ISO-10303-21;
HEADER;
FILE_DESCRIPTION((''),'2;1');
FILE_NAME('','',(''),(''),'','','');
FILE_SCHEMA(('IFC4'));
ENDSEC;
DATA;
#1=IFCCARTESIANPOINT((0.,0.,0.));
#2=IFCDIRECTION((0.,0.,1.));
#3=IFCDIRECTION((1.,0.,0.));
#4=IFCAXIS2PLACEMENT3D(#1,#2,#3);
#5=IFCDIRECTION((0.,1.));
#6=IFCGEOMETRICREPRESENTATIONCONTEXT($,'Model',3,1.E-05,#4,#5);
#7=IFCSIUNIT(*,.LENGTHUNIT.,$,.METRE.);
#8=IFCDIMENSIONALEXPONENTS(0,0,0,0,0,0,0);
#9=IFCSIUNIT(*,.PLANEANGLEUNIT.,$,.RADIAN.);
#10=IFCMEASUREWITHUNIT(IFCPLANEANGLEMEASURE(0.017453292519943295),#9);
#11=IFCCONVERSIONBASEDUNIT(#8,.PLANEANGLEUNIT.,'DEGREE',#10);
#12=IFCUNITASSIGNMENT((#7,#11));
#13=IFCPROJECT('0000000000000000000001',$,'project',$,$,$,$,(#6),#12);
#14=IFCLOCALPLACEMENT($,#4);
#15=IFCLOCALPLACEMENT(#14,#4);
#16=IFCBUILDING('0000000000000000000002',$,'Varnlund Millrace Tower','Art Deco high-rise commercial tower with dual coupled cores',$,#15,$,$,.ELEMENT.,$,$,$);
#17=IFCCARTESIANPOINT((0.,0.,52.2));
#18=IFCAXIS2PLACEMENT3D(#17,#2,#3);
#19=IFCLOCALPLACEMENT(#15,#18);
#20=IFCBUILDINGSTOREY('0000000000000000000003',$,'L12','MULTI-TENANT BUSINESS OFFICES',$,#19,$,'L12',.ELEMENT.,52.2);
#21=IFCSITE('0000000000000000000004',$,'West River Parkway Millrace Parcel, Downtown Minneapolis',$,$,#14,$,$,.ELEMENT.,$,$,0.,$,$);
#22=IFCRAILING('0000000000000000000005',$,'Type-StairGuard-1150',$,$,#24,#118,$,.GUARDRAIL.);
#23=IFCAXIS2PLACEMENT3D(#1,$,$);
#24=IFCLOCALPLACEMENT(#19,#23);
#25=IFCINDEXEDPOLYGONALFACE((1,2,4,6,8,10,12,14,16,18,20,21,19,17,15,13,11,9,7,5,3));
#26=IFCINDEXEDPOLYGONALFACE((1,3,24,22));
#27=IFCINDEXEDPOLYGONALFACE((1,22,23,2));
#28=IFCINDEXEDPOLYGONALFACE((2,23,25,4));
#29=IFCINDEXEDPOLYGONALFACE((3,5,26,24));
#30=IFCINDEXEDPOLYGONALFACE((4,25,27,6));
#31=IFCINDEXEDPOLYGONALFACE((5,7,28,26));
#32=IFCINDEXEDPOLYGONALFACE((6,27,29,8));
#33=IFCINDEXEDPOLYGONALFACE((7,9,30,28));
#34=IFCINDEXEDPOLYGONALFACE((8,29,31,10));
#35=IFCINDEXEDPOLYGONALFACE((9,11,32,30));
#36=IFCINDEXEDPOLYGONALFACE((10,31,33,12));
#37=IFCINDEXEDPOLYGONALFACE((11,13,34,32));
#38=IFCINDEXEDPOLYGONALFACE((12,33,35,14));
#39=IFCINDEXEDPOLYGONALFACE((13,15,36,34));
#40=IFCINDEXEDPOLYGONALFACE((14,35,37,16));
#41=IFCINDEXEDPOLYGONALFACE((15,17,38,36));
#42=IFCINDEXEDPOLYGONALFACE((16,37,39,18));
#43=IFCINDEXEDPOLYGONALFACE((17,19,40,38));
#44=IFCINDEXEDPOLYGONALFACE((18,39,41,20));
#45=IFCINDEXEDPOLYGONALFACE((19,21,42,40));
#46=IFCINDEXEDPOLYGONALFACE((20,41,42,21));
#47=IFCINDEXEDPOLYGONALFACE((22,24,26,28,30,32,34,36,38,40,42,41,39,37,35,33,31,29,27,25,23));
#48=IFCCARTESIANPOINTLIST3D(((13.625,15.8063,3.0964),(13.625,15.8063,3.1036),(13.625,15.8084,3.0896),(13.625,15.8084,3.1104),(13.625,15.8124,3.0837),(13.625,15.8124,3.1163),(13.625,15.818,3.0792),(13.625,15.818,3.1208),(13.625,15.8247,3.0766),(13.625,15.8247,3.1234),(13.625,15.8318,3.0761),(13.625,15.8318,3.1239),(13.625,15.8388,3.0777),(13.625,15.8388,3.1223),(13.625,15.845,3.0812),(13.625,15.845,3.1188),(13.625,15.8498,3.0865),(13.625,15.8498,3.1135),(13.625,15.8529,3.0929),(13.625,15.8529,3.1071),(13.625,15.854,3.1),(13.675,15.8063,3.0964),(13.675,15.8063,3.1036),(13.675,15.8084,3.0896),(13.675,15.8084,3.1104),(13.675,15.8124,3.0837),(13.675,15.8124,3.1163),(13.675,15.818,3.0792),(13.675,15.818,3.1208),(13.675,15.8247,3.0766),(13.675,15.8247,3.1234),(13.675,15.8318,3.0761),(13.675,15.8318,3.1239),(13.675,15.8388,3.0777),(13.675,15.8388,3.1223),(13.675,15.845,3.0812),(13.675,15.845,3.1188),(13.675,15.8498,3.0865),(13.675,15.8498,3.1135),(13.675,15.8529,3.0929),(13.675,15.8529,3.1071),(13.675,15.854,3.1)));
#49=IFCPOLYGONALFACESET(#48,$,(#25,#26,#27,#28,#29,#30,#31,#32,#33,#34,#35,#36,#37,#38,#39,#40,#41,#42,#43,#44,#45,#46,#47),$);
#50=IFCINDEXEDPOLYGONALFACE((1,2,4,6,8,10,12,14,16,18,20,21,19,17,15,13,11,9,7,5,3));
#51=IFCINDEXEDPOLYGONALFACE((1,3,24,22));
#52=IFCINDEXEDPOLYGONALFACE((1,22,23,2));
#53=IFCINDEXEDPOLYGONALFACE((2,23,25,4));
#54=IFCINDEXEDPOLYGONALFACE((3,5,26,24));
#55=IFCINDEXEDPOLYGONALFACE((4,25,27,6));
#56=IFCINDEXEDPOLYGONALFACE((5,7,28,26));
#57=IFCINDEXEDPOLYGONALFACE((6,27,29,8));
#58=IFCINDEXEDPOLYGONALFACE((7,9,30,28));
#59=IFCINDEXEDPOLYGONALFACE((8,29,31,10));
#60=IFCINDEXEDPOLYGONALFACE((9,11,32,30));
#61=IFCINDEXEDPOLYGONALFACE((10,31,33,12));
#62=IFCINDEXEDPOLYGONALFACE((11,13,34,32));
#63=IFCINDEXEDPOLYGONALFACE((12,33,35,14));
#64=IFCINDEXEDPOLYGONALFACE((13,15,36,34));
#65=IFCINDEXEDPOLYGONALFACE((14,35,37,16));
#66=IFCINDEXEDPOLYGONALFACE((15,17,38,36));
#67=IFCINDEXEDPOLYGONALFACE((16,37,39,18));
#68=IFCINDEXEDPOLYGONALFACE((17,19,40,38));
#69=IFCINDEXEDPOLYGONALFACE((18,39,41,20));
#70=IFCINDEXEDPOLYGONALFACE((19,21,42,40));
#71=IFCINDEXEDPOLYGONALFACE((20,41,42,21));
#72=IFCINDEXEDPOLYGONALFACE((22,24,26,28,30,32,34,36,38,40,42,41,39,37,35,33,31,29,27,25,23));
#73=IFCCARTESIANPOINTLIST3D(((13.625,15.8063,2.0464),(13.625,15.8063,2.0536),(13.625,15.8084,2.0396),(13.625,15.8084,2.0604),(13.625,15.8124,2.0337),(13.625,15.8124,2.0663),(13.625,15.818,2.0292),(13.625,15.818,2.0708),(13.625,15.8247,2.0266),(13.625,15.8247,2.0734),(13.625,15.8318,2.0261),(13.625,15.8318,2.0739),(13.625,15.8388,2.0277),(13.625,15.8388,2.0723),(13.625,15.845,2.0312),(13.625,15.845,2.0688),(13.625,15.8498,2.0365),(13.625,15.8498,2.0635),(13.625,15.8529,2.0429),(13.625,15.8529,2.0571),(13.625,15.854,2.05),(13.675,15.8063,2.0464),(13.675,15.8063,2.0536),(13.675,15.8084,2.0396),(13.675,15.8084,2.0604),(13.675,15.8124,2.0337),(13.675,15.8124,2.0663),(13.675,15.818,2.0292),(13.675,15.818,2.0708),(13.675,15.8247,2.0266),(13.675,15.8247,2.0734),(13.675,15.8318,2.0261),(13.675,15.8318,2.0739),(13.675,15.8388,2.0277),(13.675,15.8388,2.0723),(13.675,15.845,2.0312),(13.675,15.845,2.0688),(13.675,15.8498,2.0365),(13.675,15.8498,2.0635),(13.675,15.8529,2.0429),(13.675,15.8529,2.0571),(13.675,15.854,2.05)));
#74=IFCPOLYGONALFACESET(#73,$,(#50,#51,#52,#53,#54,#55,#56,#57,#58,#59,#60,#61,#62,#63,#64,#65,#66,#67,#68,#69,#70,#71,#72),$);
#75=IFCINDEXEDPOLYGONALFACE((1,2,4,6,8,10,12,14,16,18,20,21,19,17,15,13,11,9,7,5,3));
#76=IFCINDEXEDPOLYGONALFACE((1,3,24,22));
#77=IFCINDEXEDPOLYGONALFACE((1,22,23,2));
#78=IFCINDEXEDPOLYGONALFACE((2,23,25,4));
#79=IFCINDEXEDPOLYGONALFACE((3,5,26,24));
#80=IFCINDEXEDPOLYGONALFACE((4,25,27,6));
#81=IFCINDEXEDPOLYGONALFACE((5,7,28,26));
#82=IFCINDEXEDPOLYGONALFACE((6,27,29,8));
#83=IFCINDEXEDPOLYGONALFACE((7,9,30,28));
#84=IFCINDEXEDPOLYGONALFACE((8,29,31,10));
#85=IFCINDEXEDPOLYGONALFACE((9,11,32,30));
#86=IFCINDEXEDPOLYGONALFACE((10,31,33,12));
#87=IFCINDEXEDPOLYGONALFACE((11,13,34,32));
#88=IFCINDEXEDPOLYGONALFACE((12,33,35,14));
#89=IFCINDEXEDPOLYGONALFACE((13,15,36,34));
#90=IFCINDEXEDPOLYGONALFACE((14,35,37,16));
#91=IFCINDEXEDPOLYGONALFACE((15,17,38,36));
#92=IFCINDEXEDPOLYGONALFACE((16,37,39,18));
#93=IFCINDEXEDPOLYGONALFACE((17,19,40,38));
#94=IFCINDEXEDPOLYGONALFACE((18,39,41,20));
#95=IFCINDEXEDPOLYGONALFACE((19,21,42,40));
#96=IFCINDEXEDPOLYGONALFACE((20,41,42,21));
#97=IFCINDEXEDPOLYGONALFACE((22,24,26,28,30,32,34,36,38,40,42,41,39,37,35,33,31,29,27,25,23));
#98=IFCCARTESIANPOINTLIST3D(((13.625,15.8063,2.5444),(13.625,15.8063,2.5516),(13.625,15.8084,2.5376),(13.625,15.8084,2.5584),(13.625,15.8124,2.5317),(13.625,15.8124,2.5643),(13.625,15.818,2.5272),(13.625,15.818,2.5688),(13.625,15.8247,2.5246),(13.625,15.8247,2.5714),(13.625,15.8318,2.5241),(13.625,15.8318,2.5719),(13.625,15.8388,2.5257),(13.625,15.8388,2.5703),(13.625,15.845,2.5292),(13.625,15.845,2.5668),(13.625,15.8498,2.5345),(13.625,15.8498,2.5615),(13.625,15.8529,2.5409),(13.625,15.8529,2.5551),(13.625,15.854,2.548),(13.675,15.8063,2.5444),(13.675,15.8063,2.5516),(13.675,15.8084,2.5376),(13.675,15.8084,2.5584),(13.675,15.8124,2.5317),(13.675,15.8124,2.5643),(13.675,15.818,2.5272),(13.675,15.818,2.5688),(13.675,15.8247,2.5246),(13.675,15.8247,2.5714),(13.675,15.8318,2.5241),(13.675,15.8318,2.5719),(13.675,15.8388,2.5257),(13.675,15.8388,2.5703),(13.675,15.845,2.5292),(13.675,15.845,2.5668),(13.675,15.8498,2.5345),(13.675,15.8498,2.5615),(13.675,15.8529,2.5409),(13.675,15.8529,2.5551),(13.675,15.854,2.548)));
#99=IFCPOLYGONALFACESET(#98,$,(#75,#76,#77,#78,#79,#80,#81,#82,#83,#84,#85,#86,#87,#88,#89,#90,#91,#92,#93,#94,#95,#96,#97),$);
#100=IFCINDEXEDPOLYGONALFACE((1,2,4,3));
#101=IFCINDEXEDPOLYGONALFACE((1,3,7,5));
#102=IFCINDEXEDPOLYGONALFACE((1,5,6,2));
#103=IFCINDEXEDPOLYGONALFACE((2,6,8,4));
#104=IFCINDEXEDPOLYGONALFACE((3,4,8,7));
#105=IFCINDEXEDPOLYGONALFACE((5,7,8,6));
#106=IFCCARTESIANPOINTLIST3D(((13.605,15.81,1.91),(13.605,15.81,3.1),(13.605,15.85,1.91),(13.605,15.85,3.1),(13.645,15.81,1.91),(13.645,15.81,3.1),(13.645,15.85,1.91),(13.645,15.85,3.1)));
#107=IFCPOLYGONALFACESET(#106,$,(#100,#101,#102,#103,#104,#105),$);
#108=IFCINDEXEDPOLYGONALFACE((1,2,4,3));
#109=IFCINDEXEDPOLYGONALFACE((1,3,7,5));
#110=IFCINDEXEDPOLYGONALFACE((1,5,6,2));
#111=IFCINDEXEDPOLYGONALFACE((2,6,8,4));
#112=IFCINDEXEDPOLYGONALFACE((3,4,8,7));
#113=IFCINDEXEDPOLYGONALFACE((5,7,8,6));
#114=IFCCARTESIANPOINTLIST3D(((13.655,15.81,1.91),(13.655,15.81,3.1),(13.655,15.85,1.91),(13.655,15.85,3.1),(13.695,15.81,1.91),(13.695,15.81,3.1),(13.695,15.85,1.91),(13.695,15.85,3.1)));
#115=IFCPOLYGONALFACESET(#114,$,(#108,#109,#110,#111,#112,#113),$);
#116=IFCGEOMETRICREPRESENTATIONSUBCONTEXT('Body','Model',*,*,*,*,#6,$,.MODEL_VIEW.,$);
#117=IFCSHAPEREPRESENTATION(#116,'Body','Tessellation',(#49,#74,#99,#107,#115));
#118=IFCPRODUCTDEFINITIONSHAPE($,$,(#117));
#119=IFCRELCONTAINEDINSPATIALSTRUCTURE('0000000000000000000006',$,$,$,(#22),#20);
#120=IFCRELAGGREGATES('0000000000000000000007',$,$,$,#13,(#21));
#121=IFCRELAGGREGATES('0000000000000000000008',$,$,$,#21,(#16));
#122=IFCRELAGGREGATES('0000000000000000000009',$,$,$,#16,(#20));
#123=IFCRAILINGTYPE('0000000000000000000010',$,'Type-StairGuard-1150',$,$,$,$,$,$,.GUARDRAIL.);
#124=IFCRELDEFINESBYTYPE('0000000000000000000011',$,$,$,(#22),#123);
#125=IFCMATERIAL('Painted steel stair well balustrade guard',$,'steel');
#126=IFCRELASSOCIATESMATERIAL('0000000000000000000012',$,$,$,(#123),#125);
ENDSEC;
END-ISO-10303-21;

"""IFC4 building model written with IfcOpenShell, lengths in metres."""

from ifc_helpers import new_model, entity, si_unit, converted_unit, direction, frame, origin_with_axes, origin_2d_with_axis, place, context, subcontext, project, spatial, rectangle, circle, extrude, material, type_object, element, save


model = new_model("IFC4")

# Units and contexts
model_context = context("Model", 3, precision=1e-05, world=origin_with_axes(), true_north=direction((0.0, 1.0)))
body_context = subcontext(model_context, "Body", "Model", "MODEL_VIEW")
ifc_project = project(units=[si_unit("LENGTHUNIT", "METRE"), converted_unit("PLANEANGLEUNIT", "DEGREE", entity("IfcPlaneAngleMeasure", 0.017453292519943295), si_unit("PLANEANGLEUNIT", "RADIAN"), dimensions=[0, 0, 0, 0, 0, 0, 0])], contexts=[model_context])

# Site, building, storey
site_placement = place(None, origin_with_axes())
site = spatial("IfcSite", under=ifc_project, at=site_placement, Name="West River Parkway Millrace Parcel, Downtown Minneapolis", CompositionType="ELEMENT", RefElevation=0.0)
building_placement = place(site_placement, origin_with_axes())
building = spatial("IfcBuilding", under=site, at=building_placement, Name="Varnlund Millrace Tower", Description="Art Deco high-rise commercial tower with dual coupled cores", CompositionType="ELEMENT")
storey_placement = place(building_placement, frame((0.0, 0.0, 52.2), z_axis=(0.0, 0.0, 1.0), x_axis=(1.0, 0.0, 0.0)))
storey = spatial("IfcBuildingStorey", under=building, at=storey_placement, Name="L12", Description="MULTI-TENANT BUSINESS OFFICES", LongName="L12", CompositionType="ELEMENT", Elevation=52.2)

# Railing
ifc_material_1 = material(Name="Painted steel stair well balustrade guard", Category="steel")
railing_type_1 = type_object("IfcRailingType", Name="Type-StairGuard-1150", PredefinedType="GUARDRAIL", material=ifc_material_1)
railing_1_placement = place(storey_placement, frame((0.0, 0.0, -52.2), z_axis=(0.0, 0.0, 1.0), x_axis=(1.0, 0.0, 0.0)))
element("IfcRailing", 1, at=railing_1_placement, inside=storey, type_object=railing_type_1, Name="Type-StairGuard-1150", PredefinedType="GUARDRAIL", context=body_context, shape_type="SweptSolid", body=[
    extrude(circle(Radius=0.024, at=origin_2d_with_axis()), frame((13.625, 15.83, 55.3), z_axis=(1.0, 0.0, 0.0), x_axis=(0.0, 1.0, 0.0)), (0.0, 0.0, 1.0), 0.05),
    extrude(circle(Radius=0.024, at=origin_2d_with_axis()), frame((13.625, 15.83, 54.25), z_axis=(1.0, 0.0, 0.0), x_axis=(0.0, 1.0, 0.0)), (0.0, 0.0, 1.0), 0.05),
    extrude(circle(Radius=0.024, at=origin_2d_with_axis()), frame((13.625, 15.83, 54.748), z_axis=(1.0, 0.0, 0.0), x_axis=(0.0, 1.0, 0.0)), (0.0, 0.0, 1.0), 0.05),
    extrude(rectangle(XDim=0.04, YDim=0.04, at=origin_2d_with_axis()), frame((13.625, 15.83, 54.11), z_axis=(0.0, 0.0, 1.0), x_axis=(1.0, 0.0, 0.0)), (0.0, 0.0, 1.0), 1.19),
    extrude(rectangle(XDim=0.04, YDim=0.04, at=origin_2d_with_axis()), frame((13.675, 15.83, 54.11), z_axis=(0.0, 0.0, 1.0), x_axis=(1.0, 0.0, 0.0)), (0.0, 0.0, 1.0), 1.19),
])

save(model, "model.ifc")
